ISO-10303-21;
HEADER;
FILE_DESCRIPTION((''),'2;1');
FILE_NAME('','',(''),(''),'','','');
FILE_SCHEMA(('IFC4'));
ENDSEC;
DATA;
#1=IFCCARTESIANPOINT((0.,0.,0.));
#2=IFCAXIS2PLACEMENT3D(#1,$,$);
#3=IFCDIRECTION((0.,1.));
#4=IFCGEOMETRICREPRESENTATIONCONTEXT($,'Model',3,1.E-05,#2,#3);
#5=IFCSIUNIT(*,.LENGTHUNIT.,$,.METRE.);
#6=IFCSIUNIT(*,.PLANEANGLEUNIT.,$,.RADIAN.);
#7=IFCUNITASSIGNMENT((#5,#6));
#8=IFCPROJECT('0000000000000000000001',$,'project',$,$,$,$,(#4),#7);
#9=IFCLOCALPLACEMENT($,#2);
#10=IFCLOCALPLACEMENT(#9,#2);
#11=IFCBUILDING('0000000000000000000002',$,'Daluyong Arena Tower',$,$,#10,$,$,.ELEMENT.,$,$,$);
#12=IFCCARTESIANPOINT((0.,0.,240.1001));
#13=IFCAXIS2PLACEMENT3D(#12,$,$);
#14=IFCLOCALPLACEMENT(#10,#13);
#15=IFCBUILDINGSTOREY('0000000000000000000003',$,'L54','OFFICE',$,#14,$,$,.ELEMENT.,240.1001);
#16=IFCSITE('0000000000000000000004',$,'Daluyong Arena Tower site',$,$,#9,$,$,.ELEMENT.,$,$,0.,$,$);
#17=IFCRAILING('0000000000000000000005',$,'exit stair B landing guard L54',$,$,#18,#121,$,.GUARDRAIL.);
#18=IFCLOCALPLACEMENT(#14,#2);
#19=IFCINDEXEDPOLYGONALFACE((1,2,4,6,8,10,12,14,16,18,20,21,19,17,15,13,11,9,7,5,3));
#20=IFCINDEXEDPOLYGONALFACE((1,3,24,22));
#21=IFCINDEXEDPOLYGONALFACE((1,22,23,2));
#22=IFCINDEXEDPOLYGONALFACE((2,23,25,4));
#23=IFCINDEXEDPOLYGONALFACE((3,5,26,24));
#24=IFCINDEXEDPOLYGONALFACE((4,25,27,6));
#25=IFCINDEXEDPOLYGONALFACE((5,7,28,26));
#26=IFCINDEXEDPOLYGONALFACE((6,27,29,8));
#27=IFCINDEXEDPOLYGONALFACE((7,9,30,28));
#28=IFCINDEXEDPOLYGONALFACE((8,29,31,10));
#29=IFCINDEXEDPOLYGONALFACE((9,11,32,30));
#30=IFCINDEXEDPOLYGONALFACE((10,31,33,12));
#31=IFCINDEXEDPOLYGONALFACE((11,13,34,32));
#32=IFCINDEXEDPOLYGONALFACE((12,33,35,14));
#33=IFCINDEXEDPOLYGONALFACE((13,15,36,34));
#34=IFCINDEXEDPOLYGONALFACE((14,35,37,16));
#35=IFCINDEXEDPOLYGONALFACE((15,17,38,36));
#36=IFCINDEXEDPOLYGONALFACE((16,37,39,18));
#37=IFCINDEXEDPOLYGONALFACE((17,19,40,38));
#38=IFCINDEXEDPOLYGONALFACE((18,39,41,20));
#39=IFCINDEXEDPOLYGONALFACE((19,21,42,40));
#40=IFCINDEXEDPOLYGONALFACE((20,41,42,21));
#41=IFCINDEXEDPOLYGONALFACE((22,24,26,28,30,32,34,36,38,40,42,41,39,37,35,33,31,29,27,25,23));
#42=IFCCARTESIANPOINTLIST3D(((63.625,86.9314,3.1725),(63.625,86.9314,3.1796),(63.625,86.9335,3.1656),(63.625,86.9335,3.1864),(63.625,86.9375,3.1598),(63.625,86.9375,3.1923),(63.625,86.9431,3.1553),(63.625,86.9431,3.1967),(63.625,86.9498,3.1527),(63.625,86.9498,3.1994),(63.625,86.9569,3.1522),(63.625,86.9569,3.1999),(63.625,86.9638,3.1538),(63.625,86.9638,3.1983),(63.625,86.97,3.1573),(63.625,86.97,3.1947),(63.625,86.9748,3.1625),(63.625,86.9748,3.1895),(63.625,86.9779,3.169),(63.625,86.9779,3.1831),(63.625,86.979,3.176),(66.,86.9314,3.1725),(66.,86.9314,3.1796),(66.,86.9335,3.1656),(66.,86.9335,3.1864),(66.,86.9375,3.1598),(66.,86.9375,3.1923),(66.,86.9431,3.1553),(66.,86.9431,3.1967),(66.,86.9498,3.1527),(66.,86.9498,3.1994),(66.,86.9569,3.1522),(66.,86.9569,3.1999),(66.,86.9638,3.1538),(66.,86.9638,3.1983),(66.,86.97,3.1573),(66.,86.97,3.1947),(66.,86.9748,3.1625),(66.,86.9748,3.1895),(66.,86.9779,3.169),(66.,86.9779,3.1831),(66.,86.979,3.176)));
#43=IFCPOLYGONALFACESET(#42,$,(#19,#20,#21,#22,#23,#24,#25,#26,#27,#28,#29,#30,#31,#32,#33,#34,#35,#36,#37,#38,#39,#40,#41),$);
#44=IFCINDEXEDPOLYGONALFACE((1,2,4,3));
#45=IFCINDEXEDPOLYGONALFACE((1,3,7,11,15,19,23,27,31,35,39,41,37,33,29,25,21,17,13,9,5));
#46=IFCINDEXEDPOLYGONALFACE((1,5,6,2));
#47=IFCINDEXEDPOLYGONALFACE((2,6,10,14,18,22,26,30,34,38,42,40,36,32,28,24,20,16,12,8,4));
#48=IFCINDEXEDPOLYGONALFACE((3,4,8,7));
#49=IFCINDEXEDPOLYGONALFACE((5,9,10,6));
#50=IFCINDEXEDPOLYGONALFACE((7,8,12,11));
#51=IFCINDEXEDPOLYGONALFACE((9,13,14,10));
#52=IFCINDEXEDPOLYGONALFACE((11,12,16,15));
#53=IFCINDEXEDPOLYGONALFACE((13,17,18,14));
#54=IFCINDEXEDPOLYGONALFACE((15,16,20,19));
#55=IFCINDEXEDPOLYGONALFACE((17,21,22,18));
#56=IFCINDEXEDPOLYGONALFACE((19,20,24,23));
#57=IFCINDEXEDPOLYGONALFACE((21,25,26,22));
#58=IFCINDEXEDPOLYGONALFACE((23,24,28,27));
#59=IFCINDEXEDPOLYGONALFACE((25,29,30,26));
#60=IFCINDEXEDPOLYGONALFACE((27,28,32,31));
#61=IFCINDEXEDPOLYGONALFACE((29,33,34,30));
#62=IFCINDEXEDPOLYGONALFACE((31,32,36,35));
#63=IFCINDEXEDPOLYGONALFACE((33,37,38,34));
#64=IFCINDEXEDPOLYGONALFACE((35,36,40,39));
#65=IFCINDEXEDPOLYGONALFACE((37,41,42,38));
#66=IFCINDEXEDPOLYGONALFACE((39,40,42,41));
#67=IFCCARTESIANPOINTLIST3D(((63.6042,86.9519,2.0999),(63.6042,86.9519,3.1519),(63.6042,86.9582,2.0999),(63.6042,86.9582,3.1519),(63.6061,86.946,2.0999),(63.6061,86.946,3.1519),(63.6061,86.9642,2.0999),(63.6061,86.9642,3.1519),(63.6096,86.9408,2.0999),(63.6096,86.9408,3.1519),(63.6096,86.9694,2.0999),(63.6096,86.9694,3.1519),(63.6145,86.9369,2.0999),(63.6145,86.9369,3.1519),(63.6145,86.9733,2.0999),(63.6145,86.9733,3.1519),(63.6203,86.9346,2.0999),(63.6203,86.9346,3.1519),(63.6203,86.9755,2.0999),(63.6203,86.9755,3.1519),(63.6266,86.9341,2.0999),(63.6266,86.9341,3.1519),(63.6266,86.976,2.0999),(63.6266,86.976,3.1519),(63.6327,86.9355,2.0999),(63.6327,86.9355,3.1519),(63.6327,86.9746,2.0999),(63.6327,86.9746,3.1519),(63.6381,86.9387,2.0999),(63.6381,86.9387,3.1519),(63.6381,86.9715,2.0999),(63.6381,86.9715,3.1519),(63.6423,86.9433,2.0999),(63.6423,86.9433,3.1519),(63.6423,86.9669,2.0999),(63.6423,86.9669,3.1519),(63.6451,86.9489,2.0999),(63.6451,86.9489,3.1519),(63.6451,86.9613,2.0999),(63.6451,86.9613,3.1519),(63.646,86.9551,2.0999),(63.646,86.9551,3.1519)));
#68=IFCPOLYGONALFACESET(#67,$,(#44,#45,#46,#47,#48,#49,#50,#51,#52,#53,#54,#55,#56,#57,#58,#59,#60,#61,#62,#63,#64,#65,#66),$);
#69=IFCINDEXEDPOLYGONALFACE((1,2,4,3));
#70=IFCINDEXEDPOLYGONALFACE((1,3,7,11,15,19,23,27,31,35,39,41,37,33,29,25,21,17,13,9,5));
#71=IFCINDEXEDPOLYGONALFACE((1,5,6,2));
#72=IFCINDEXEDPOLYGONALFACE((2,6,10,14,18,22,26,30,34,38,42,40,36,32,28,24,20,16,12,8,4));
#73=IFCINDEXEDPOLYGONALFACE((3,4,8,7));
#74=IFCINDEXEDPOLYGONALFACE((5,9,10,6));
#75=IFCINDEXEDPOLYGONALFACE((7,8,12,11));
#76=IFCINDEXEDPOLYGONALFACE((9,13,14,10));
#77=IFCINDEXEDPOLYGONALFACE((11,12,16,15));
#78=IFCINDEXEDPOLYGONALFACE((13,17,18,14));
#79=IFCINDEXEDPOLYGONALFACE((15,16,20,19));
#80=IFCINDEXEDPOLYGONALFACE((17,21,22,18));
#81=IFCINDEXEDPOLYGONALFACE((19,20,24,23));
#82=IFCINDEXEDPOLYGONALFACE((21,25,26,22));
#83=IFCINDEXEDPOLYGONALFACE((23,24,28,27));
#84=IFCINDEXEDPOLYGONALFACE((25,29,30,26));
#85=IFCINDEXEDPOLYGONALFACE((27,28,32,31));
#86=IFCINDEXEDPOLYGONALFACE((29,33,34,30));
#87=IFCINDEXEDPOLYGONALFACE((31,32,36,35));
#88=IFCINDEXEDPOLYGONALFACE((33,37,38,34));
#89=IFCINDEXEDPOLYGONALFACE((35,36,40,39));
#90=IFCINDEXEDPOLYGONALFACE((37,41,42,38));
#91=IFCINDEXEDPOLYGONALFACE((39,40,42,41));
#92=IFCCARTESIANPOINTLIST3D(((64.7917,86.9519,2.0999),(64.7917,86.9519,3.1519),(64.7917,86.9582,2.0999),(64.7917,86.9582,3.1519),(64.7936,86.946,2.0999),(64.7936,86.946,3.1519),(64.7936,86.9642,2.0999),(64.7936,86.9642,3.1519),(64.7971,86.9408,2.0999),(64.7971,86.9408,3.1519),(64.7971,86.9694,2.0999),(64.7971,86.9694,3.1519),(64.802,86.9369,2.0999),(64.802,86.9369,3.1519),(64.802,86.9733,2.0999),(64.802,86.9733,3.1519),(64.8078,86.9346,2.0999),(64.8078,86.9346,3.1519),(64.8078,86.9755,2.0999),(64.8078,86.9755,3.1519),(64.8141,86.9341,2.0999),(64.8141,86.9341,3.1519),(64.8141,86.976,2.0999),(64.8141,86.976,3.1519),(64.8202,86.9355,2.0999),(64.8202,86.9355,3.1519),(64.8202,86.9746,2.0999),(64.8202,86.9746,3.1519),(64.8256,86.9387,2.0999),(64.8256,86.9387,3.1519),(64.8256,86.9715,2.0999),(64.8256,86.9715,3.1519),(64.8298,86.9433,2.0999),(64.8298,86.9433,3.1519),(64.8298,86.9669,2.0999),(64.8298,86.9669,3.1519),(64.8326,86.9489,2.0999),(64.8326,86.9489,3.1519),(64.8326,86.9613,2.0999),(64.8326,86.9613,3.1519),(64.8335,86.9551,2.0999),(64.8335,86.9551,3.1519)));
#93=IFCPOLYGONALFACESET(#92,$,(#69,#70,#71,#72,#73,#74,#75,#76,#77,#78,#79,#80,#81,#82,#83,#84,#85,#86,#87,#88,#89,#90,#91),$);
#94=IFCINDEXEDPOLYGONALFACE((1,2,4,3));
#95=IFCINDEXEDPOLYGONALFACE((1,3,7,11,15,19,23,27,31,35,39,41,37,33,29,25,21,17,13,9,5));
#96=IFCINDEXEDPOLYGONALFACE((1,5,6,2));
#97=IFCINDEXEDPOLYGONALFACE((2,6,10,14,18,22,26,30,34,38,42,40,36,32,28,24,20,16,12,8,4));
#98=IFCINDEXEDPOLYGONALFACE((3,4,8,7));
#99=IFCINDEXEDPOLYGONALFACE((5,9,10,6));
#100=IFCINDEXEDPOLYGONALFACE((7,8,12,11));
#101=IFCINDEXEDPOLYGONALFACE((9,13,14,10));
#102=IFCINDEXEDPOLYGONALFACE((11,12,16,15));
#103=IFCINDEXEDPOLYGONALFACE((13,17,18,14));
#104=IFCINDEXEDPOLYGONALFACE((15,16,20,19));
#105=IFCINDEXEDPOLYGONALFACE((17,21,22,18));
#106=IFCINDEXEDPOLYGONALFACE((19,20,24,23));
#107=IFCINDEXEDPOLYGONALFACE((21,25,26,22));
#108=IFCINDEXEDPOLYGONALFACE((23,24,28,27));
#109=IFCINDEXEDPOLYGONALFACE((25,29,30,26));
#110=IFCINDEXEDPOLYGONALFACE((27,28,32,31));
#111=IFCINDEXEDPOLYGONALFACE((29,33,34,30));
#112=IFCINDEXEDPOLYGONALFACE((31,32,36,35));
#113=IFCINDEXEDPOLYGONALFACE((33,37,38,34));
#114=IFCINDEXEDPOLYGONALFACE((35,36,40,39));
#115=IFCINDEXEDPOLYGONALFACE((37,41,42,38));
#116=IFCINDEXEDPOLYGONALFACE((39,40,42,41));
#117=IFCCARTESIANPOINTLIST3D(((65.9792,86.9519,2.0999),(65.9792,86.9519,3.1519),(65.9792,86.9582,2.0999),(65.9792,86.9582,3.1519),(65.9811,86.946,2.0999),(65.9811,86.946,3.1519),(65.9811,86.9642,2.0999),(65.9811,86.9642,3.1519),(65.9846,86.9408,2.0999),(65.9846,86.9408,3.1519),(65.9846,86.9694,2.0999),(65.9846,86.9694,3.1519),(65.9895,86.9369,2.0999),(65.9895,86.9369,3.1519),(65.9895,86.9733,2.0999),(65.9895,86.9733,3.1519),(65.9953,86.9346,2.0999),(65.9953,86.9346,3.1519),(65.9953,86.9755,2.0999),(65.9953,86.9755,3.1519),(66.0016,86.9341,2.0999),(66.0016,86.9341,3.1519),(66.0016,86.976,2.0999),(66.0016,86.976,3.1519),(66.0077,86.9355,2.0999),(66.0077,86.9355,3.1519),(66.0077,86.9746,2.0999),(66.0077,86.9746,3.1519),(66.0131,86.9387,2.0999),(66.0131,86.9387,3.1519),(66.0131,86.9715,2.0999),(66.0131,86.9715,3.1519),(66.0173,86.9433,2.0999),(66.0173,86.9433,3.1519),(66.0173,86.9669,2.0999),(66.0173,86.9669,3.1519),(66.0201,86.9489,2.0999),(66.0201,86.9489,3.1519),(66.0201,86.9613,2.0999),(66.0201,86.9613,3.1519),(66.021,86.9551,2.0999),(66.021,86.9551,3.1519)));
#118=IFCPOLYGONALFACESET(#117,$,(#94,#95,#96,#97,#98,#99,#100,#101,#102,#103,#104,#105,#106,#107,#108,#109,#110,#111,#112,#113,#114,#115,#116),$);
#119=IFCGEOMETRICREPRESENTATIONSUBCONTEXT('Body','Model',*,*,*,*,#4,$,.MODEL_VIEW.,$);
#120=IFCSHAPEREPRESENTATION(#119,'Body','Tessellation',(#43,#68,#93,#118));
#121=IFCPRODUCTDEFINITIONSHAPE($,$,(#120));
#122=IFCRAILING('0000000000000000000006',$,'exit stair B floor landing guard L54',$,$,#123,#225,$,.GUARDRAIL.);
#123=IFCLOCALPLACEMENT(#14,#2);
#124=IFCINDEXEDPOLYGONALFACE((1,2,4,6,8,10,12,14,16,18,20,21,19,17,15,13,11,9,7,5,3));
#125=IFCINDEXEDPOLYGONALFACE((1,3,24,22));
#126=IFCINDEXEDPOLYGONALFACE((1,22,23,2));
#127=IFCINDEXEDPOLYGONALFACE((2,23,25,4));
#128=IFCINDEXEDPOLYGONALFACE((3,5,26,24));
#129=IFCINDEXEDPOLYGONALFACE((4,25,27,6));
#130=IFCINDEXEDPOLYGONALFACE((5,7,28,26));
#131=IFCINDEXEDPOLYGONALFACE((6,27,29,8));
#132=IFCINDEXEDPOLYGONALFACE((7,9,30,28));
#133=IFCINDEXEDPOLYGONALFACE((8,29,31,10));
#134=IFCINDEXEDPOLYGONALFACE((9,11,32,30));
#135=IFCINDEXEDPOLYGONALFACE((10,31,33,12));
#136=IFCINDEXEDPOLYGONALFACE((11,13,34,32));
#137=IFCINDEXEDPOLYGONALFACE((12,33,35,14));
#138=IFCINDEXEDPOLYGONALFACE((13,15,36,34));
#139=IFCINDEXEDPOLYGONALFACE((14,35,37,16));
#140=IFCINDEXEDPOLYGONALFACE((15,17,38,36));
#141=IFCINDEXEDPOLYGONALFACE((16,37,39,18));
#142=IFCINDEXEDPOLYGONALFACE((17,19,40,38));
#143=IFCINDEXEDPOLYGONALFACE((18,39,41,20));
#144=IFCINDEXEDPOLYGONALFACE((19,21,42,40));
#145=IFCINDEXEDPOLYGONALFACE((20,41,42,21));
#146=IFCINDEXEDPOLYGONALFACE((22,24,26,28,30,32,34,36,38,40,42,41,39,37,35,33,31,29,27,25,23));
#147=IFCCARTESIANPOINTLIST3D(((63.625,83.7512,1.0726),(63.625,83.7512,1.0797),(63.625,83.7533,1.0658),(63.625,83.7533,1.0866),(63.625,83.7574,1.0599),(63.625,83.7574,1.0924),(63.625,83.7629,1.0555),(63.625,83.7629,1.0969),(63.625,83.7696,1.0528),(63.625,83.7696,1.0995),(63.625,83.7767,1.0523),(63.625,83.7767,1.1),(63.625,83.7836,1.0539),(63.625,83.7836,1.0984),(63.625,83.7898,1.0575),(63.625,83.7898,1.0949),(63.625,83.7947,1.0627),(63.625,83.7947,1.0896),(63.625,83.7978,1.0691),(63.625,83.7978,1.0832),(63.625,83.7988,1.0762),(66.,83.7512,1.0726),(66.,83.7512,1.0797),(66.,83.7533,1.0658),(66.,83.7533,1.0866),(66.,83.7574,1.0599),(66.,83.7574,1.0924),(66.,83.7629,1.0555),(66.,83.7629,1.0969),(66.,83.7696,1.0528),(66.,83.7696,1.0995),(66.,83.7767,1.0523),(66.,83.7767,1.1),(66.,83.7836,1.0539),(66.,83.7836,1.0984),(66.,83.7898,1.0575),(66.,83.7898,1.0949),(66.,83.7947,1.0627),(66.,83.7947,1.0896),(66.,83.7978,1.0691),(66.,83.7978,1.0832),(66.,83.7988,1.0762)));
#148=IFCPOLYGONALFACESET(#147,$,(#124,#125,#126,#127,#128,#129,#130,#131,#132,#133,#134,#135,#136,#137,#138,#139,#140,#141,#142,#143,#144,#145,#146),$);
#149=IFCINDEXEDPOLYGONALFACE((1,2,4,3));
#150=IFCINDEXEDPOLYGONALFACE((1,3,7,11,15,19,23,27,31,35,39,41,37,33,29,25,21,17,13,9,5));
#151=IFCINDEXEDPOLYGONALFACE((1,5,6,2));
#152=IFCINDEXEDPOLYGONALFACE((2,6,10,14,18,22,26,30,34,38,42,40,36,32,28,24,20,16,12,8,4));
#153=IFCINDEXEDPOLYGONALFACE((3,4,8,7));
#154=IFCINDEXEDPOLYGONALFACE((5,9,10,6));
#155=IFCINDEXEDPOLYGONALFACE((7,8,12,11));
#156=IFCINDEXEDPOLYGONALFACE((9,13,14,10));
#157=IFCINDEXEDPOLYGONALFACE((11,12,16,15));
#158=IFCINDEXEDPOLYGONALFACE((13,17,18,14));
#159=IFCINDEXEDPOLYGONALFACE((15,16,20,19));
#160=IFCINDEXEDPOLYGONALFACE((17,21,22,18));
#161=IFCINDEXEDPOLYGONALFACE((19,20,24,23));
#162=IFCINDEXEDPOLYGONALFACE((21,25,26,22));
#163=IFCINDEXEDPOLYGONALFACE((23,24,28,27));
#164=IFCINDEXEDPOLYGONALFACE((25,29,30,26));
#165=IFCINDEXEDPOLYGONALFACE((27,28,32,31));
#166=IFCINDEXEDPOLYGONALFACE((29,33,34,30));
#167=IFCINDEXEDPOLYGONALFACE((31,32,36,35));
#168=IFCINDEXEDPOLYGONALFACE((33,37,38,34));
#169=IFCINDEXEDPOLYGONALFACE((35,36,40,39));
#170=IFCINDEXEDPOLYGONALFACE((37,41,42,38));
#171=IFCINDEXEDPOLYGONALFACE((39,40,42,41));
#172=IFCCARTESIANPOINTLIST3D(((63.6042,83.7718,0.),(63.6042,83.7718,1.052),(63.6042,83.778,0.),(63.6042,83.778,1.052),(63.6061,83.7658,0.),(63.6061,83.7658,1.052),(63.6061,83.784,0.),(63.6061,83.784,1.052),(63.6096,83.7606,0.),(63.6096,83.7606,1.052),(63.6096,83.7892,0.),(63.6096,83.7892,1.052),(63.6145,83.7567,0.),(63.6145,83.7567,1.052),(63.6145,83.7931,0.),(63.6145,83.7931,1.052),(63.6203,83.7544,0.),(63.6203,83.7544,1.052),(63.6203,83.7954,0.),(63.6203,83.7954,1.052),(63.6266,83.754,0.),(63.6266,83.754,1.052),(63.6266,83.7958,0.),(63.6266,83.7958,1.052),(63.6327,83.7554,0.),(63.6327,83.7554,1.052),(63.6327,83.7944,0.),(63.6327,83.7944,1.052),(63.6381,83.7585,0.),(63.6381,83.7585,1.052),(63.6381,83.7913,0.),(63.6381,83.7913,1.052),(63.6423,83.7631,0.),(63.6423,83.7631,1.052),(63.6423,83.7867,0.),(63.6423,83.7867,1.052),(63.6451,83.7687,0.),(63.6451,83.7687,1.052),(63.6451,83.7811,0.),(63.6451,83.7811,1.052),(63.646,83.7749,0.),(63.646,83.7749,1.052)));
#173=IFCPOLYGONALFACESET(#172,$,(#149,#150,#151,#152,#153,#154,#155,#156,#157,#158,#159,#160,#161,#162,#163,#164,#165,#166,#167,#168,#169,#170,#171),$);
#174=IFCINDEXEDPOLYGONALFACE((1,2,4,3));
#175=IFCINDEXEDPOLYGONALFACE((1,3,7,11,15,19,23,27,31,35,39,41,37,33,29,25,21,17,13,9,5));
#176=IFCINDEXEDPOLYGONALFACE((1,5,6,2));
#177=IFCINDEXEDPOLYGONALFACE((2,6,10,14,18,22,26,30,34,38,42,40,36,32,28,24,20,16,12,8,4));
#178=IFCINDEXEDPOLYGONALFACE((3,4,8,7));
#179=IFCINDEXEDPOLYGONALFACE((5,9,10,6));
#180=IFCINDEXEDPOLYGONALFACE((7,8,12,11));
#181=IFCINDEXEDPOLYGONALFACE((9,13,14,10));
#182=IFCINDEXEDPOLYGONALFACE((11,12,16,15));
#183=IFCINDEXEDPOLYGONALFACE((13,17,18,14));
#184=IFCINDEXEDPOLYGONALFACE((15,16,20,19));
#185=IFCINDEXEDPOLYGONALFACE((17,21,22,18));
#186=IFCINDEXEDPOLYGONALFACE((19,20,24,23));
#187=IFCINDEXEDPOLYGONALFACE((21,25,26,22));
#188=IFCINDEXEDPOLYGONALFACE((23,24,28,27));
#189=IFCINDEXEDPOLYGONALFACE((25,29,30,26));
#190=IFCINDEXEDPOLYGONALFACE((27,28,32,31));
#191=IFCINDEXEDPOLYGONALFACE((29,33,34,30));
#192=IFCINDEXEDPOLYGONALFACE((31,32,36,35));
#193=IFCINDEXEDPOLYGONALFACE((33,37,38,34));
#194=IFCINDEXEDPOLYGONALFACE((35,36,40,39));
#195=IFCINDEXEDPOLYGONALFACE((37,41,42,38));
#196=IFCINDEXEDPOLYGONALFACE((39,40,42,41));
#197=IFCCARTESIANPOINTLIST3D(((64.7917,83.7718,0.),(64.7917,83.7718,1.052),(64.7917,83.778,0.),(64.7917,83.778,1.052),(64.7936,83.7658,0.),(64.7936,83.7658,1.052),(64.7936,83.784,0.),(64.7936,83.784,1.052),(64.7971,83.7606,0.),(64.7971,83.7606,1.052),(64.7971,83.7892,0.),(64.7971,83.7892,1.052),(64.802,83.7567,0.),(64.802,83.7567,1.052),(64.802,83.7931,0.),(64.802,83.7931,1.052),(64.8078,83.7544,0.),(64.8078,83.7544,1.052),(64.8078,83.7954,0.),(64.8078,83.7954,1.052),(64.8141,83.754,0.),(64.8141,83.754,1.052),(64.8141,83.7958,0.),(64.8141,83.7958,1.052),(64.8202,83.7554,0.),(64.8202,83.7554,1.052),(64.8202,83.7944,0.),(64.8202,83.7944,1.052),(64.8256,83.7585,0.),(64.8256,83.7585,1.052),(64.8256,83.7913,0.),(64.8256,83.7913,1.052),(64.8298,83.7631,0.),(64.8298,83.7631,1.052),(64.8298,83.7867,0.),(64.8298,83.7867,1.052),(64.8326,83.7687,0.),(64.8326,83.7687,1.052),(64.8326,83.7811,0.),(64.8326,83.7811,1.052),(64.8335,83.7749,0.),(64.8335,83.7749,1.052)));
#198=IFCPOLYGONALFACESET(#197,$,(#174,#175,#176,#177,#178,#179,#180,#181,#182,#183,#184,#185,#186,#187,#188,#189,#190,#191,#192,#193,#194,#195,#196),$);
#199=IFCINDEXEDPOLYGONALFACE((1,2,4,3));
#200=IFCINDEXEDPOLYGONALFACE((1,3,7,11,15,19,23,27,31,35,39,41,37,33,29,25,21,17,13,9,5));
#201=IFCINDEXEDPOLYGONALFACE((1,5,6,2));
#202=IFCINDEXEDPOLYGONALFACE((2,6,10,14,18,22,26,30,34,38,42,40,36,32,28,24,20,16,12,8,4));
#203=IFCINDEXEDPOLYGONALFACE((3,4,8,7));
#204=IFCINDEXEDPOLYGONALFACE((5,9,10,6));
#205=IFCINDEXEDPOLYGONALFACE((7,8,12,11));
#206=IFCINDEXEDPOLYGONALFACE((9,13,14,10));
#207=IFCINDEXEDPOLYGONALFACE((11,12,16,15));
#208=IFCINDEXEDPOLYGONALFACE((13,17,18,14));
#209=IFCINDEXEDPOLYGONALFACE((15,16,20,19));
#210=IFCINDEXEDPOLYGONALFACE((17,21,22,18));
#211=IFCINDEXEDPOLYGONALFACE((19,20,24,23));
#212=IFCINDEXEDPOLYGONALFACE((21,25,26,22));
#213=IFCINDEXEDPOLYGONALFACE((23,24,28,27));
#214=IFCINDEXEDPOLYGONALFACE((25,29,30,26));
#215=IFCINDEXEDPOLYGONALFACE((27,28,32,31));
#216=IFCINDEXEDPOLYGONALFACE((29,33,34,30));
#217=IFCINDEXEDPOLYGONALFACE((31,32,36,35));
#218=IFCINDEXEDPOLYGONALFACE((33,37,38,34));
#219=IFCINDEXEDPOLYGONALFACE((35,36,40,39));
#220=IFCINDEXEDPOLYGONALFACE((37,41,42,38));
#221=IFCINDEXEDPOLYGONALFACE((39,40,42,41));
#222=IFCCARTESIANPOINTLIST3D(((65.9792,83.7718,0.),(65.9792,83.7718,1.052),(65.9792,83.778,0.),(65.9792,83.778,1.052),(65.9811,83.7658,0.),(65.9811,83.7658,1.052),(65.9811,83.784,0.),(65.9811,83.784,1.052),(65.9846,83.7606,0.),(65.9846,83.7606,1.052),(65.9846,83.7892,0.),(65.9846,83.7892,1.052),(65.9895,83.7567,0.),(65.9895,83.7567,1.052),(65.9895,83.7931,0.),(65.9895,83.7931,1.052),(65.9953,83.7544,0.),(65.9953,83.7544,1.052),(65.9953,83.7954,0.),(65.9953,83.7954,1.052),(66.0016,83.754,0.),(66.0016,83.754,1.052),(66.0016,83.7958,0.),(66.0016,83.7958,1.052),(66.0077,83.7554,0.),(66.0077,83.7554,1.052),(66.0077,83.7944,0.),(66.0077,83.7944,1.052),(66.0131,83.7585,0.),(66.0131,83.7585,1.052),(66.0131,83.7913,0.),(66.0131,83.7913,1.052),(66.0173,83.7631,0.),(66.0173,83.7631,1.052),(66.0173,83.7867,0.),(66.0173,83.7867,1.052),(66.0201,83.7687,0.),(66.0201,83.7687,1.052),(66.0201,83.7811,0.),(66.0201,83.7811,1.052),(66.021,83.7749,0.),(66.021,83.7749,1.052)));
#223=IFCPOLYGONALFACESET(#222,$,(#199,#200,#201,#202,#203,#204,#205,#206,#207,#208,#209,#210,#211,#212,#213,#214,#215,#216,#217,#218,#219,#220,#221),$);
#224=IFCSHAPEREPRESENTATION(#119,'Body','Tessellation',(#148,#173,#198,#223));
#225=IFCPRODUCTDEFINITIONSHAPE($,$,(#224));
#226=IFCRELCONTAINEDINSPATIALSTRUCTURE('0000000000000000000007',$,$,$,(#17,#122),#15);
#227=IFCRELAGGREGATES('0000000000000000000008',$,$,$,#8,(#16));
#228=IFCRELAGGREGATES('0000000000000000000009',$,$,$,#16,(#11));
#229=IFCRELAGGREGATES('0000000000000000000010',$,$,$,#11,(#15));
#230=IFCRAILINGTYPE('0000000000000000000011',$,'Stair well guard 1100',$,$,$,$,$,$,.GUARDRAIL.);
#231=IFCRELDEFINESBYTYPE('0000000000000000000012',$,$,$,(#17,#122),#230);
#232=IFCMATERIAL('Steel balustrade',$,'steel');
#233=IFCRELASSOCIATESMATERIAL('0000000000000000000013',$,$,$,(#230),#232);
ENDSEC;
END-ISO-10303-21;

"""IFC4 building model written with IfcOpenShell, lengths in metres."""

from ifc_helpers import new_model, si_unit, direction, frame, origin, origin_2d, place, context, subcontext, project, spatial, circle, extrude, material, type_object, element, save


model = new_model("IFC4")

# Units and contexts
model_context = context("Model", 3, precision=1e-05, world=origin(), true_north=direction((0.0, 1.0)))
body_context = subcontext(model_context, "Body", "Model", "MODEL_VIEW")
ifc_project = project(units=[si_unit("LENGTHUNIT", "METRE"), si_unit("PLANEANGLEUNIT", "RADIAN")], contexts=[model_context])

# Site, building, storey
site_placement = place(None, origin())
site = spatial("IfcSite", under=ifc_project, at=site_placement, Name="Daluyong Arena Tower site", CompositionType="ELEMENT", RefElevation=0.0)
building_placement = place(site_placement, origin())
building = spatial("IfcBuilding", under=site, at=building_placement, Name="Daluyong Arena Tower", CompositionType="ELEMENT")
storey_placement = place(building_placement, frame((0.0, 0.0, 240.1001)))
storey = spatial("IfcBuildingStorey", under=building, at=storey_placement, Name="L54", Description="OFFICE", CompositionType="ELEMENT", Elevation=240.1001)

# Railings
ifc_material_1 = material(Name="Steel balustrade", Category="steel")
railing_type_1 = type_object("IfcRailingType", Name="Stair well guard 1100", PredefinedType="GUARDRAIL", material=ifc_material_1)
for number, where, name in (
    (1, (63.625, 86.9551, 2.0999), "exit stair B landing guard L54"),
    (2, (63.625, 83.7749, 0.0), "exit stair B floor landing guard L54"),
):
    element("IfcRailing", number, at=place(storey_placement, frame(where)), inside=storey, type_object=railing_type_1, Name=name, PredefinedType="GUARDRAIL", context=body_context, shape_type="SweptSolid", body=[
        extrude(circle(Radius=0.0239, at=origin_2d()), frame((0.0, 0.0, 1.0762), z_axis=(1.0, 0.0, 0.0), x_axis=(0.0, 1.0, 0.0)), (0.0, 0.0, 1.0), 2.375),
        extrude(circle(Radius=0.021, at=origin_2d()), origin(), (0.0, 0.0, 1.0), 1.052),
        extrude(circle(Radius=0.021, at=origin_2d()), frame((1.1875, 0.0, 0.0)), (0.0, 0.0, 1.0), 1.052),
        extrude(circle(Radius=0.021, at=origin_2d()), frame((2.375, 0.0, 0.0)), (0.0, 0.0, 1.0), 1.052),
    ])

save(model, "model.ifc")
